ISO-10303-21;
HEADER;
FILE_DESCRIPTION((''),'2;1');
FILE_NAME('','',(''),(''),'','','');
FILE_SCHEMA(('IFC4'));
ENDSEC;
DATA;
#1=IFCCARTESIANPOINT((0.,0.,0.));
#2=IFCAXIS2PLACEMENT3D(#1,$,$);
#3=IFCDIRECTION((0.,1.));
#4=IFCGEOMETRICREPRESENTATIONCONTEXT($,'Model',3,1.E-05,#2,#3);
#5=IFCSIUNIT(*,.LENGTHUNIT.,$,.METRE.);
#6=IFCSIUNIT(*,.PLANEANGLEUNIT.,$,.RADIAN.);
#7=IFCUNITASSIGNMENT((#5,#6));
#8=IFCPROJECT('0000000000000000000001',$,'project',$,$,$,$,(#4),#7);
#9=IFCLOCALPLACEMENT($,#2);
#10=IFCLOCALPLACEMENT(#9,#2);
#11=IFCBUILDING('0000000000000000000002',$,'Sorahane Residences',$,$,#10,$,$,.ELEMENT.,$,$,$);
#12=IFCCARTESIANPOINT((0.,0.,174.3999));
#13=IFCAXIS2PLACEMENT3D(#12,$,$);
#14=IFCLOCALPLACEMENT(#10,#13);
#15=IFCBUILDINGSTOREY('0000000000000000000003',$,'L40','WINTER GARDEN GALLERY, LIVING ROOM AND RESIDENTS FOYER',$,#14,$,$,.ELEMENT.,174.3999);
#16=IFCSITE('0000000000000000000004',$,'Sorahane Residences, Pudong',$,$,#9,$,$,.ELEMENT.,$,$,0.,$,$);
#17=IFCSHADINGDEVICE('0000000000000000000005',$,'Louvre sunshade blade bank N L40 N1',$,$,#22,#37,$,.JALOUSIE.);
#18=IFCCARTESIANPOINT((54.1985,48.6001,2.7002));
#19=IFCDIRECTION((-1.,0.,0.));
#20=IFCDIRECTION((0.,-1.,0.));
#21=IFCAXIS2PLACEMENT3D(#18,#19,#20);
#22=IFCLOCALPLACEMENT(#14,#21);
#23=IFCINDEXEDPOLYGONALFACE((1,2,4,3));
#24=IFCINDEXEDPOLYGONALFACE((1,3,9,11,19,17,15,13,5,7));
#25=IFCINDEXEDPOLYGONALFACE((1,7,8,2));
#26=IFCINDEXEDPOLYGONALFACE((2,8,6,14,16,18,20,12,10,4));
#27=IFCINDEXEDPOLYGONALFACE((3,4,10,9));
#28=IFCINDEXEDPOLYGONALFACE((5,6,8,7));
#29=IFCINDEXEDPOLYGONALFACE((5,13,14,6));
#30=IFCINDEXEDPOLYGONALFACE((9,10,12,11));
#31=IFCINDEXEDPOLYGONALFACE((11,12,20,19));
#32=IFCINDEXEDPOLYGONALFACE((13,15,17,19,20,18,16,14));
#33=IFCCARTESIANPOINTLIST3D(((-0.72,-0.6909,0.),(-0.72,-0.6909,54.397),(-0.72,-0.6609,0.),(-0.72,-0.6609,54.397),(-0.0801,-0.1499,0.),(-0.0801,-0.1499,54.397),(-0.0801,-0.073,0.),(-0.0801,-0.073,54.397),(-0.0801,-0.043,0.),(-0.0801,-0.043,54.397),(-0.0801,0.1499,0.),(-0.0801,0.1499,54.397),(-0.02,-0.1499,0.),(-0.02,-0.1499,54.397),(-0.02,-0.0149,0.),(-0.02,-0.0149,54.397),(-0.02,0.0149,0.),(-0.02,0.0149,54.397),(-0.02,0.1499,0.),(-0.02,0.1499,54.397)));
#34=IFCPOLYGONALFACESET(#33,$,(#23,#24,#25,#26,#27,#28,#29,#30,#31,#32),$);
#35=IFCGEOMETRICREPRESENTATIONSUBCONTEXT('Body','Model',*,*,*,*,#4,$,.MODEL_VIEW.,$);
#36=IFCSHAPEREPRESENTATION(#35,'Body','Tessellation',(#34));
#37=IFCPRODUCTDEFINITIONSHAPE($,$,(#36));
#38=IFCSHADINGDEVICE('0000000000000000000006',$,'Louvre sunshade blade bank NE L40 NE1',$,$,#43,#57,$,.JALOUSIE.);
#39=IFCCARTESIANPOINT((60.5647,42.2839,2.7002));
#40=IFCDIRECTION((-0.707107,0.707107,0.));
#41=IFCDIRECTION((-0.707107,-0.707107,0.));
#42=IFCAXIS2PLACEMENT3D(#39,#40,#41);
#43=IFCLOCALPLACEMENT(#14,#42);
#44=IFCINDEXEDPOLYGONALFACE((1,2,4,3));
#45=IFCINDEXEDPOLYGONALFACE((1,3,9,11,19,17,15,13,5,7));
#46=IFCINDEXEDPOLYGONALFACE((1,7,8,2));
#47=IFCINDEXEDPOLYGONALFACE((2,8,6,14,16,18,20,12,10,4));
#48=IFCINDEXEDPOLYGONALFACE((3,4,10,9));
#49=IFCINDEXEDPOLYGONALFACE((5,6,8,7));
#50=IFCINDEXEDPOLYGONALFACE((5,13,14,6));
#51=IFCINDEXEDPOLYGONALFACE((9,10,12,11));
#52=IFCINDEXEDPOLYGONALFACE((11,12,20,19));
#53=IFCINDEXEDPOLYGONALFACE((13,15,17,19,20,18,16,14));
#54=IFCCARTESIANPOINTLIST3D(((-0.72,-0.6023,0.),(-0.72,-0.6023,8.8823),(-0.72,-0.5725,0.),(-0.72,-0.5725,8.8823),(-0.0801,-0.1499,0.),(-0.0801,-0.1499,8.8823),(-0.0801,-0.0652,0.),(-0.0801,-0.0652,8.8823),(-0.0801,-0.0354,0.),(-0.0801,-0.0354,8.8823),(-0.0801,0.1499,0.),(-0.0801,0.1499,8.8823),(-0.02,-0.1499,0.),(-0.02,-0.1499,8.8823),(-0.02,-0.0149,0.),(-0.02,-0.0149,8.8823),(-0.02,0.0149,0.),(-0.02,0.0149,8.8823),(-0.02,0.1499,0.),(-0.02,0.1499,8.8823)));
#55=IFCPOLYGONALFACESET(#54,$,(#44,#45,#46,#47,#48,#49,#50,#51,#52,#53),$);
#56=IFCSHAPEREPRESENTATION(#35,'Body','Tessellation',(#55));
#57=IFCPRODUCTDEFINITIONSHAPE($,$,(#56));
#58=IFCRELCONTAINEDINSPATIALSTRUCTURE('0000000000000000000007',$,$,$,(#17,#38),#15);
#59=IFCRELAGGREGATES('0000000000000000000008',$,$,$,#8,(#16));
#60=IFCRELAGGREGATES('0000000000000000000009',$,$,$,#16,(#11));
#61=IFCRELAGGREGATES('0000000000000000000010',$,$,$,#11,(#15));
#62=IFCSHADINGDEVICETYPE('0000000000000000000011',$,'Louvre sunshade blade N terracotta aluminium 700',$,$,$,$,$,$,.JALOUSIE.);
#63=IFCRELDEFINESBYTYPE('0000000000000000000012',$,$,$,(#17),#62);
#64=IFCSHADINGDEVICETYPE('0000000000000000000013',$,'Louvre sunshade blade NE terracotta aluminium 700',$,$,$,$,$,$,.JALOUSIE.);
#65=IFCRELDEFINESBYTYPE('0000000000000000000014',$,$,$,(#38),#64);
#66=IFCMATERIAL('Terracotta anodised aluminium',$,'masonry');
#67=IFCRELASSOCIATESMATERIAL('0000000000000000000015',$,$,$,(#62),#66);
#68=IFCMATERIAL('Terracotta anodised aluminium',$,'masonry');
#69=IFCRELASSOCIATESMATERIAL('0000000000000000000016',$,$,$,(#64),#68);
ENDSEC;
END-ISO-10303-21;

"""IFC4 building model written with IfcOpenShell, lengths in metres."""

from ifc_helpers import new_model, si_unit, direction, frame, origin, place, context, subcontext, project, spatial, polyline, outline, extrude, material, type_object, element, save


model = new_model("IFC4")

# Units and contexts
model_context = context("Model", 3, precision=1e-05, world=origin(), true_north=direction((0.0, 1.0)))
body_context = subcontext(model_context, "Body", "Model", "MODEL_VIEW")
ifc_project = project(units=[si_unit("LENGTHUNIT", "METRE"), si_unit("PLANEANGLEUNIT", "RADIAN")], contexts=[model_context])

# Site, building, storey
site_placement = place(None, origin())
site = spatial("IfcSite", under=ifc_project, at=site_placement, Name="Sorahane Residences, Pudong", CompositionType="ELEMENT", RefElevation=0.0)
building_placement = place(site_placement, origin())
building = spatial("IfcBuilding", under=site, at=building_placement, Name="Sorahane Residences", CompositionType="ELEMENT")
storey_placement = place(building_placement, frame((0.0, 0.0, 174.3999)))
storey = spatial("IfcBuildingStorey", under=building, at=storey_placement, Name="L40", Description="WINTER GARDEN GALLERY, LIVING ROOM AND RESIDENTS FOYER", CompositionType="ELEMENT", Elevation=174.3999)

# Shading devices
ifc_material_1 = material(Name="Terracotta anodised aluminium", Category="masonry")
shading_device_type_1 = type_object("IfcShadingDeviceType", Name="Louvre sunshade blade N terracotta aluminium 700", PredefinedType="JALOUSIE", material=ifc_material_1)
shading_device_1_placement = place(storey_placement, frame((54.1985, 48.6001, 2.7002), z_axis=(-1.0, 0.0, 0.0), x_axis=(0.0, -1.0, 0.0)))
element("IfcShadingDevice", 1, at=shading_device_1_placement, inside=storey, type_object=shading_device_type_1, Name="Louvre sunshade blade bank N L40 N1", PredefinedType="JALOUSIE", context=body_context, shape_type="SweptSolid", body=[
    extrude(outline(polyline([(-0.72, -0.6609), (-0.72, -0.6909), (-0.0801, -0.073), (-0.0801, -0.1499), (-0.02, -0.1499), (-0.02, -0.0149), (-0.02, 0.0149), (-0.02, 0.1499), (-0.0801, 0.1499), (-0.0801, -0.043), (-0.72, -0.6609)])), origin(), (0.0, 0.0, 1.0), 54.397),
])
ifc_material_2 = material(Name="Terracotta anodised aluminium", Category="masonry")
shading_device_type_2 = type_object("IfcShadingDeviceType", Name="Louvre sunshade blade NE terracotta aluminium 700", PredefinedType="JALOUSIE", material=ifc_material_2)
shading_device_2_placement = place(storey_placement, frame((60.5647, 42.2839, 2.7002), z_axis=(-0.707107, 0.707107, 0.0), x_axis=(-0.707107, -0.707107, 0.0)))
element("IfcShadingDevice", 2, at=shading_device_2_placement, inside=storey, type_object=shading_device_type_2, Name="Louvre sunshade blade bank NE L40 NE1", PredefinedType="JALOUSIE", context=body_context, shape_type="SweptSolid", body=[
    extrude(outline(polyline([(-0.72, -0.5725), (-0.72, -0.6023), (-0.0801, -0.0652), (-0.0801, -0.1499), (-0.02, -0.1499), (-0.02, -0.0149), (-0.02, 0.0149), (-0.02, 0.1499), (-0.0801, 0.1499), (-0.0801, -0.0354), (-0.72, -0.5725)])), origin(), (0.0, 0.0, 1.0), 8.8823),
])

save(model, "model.ifc")
